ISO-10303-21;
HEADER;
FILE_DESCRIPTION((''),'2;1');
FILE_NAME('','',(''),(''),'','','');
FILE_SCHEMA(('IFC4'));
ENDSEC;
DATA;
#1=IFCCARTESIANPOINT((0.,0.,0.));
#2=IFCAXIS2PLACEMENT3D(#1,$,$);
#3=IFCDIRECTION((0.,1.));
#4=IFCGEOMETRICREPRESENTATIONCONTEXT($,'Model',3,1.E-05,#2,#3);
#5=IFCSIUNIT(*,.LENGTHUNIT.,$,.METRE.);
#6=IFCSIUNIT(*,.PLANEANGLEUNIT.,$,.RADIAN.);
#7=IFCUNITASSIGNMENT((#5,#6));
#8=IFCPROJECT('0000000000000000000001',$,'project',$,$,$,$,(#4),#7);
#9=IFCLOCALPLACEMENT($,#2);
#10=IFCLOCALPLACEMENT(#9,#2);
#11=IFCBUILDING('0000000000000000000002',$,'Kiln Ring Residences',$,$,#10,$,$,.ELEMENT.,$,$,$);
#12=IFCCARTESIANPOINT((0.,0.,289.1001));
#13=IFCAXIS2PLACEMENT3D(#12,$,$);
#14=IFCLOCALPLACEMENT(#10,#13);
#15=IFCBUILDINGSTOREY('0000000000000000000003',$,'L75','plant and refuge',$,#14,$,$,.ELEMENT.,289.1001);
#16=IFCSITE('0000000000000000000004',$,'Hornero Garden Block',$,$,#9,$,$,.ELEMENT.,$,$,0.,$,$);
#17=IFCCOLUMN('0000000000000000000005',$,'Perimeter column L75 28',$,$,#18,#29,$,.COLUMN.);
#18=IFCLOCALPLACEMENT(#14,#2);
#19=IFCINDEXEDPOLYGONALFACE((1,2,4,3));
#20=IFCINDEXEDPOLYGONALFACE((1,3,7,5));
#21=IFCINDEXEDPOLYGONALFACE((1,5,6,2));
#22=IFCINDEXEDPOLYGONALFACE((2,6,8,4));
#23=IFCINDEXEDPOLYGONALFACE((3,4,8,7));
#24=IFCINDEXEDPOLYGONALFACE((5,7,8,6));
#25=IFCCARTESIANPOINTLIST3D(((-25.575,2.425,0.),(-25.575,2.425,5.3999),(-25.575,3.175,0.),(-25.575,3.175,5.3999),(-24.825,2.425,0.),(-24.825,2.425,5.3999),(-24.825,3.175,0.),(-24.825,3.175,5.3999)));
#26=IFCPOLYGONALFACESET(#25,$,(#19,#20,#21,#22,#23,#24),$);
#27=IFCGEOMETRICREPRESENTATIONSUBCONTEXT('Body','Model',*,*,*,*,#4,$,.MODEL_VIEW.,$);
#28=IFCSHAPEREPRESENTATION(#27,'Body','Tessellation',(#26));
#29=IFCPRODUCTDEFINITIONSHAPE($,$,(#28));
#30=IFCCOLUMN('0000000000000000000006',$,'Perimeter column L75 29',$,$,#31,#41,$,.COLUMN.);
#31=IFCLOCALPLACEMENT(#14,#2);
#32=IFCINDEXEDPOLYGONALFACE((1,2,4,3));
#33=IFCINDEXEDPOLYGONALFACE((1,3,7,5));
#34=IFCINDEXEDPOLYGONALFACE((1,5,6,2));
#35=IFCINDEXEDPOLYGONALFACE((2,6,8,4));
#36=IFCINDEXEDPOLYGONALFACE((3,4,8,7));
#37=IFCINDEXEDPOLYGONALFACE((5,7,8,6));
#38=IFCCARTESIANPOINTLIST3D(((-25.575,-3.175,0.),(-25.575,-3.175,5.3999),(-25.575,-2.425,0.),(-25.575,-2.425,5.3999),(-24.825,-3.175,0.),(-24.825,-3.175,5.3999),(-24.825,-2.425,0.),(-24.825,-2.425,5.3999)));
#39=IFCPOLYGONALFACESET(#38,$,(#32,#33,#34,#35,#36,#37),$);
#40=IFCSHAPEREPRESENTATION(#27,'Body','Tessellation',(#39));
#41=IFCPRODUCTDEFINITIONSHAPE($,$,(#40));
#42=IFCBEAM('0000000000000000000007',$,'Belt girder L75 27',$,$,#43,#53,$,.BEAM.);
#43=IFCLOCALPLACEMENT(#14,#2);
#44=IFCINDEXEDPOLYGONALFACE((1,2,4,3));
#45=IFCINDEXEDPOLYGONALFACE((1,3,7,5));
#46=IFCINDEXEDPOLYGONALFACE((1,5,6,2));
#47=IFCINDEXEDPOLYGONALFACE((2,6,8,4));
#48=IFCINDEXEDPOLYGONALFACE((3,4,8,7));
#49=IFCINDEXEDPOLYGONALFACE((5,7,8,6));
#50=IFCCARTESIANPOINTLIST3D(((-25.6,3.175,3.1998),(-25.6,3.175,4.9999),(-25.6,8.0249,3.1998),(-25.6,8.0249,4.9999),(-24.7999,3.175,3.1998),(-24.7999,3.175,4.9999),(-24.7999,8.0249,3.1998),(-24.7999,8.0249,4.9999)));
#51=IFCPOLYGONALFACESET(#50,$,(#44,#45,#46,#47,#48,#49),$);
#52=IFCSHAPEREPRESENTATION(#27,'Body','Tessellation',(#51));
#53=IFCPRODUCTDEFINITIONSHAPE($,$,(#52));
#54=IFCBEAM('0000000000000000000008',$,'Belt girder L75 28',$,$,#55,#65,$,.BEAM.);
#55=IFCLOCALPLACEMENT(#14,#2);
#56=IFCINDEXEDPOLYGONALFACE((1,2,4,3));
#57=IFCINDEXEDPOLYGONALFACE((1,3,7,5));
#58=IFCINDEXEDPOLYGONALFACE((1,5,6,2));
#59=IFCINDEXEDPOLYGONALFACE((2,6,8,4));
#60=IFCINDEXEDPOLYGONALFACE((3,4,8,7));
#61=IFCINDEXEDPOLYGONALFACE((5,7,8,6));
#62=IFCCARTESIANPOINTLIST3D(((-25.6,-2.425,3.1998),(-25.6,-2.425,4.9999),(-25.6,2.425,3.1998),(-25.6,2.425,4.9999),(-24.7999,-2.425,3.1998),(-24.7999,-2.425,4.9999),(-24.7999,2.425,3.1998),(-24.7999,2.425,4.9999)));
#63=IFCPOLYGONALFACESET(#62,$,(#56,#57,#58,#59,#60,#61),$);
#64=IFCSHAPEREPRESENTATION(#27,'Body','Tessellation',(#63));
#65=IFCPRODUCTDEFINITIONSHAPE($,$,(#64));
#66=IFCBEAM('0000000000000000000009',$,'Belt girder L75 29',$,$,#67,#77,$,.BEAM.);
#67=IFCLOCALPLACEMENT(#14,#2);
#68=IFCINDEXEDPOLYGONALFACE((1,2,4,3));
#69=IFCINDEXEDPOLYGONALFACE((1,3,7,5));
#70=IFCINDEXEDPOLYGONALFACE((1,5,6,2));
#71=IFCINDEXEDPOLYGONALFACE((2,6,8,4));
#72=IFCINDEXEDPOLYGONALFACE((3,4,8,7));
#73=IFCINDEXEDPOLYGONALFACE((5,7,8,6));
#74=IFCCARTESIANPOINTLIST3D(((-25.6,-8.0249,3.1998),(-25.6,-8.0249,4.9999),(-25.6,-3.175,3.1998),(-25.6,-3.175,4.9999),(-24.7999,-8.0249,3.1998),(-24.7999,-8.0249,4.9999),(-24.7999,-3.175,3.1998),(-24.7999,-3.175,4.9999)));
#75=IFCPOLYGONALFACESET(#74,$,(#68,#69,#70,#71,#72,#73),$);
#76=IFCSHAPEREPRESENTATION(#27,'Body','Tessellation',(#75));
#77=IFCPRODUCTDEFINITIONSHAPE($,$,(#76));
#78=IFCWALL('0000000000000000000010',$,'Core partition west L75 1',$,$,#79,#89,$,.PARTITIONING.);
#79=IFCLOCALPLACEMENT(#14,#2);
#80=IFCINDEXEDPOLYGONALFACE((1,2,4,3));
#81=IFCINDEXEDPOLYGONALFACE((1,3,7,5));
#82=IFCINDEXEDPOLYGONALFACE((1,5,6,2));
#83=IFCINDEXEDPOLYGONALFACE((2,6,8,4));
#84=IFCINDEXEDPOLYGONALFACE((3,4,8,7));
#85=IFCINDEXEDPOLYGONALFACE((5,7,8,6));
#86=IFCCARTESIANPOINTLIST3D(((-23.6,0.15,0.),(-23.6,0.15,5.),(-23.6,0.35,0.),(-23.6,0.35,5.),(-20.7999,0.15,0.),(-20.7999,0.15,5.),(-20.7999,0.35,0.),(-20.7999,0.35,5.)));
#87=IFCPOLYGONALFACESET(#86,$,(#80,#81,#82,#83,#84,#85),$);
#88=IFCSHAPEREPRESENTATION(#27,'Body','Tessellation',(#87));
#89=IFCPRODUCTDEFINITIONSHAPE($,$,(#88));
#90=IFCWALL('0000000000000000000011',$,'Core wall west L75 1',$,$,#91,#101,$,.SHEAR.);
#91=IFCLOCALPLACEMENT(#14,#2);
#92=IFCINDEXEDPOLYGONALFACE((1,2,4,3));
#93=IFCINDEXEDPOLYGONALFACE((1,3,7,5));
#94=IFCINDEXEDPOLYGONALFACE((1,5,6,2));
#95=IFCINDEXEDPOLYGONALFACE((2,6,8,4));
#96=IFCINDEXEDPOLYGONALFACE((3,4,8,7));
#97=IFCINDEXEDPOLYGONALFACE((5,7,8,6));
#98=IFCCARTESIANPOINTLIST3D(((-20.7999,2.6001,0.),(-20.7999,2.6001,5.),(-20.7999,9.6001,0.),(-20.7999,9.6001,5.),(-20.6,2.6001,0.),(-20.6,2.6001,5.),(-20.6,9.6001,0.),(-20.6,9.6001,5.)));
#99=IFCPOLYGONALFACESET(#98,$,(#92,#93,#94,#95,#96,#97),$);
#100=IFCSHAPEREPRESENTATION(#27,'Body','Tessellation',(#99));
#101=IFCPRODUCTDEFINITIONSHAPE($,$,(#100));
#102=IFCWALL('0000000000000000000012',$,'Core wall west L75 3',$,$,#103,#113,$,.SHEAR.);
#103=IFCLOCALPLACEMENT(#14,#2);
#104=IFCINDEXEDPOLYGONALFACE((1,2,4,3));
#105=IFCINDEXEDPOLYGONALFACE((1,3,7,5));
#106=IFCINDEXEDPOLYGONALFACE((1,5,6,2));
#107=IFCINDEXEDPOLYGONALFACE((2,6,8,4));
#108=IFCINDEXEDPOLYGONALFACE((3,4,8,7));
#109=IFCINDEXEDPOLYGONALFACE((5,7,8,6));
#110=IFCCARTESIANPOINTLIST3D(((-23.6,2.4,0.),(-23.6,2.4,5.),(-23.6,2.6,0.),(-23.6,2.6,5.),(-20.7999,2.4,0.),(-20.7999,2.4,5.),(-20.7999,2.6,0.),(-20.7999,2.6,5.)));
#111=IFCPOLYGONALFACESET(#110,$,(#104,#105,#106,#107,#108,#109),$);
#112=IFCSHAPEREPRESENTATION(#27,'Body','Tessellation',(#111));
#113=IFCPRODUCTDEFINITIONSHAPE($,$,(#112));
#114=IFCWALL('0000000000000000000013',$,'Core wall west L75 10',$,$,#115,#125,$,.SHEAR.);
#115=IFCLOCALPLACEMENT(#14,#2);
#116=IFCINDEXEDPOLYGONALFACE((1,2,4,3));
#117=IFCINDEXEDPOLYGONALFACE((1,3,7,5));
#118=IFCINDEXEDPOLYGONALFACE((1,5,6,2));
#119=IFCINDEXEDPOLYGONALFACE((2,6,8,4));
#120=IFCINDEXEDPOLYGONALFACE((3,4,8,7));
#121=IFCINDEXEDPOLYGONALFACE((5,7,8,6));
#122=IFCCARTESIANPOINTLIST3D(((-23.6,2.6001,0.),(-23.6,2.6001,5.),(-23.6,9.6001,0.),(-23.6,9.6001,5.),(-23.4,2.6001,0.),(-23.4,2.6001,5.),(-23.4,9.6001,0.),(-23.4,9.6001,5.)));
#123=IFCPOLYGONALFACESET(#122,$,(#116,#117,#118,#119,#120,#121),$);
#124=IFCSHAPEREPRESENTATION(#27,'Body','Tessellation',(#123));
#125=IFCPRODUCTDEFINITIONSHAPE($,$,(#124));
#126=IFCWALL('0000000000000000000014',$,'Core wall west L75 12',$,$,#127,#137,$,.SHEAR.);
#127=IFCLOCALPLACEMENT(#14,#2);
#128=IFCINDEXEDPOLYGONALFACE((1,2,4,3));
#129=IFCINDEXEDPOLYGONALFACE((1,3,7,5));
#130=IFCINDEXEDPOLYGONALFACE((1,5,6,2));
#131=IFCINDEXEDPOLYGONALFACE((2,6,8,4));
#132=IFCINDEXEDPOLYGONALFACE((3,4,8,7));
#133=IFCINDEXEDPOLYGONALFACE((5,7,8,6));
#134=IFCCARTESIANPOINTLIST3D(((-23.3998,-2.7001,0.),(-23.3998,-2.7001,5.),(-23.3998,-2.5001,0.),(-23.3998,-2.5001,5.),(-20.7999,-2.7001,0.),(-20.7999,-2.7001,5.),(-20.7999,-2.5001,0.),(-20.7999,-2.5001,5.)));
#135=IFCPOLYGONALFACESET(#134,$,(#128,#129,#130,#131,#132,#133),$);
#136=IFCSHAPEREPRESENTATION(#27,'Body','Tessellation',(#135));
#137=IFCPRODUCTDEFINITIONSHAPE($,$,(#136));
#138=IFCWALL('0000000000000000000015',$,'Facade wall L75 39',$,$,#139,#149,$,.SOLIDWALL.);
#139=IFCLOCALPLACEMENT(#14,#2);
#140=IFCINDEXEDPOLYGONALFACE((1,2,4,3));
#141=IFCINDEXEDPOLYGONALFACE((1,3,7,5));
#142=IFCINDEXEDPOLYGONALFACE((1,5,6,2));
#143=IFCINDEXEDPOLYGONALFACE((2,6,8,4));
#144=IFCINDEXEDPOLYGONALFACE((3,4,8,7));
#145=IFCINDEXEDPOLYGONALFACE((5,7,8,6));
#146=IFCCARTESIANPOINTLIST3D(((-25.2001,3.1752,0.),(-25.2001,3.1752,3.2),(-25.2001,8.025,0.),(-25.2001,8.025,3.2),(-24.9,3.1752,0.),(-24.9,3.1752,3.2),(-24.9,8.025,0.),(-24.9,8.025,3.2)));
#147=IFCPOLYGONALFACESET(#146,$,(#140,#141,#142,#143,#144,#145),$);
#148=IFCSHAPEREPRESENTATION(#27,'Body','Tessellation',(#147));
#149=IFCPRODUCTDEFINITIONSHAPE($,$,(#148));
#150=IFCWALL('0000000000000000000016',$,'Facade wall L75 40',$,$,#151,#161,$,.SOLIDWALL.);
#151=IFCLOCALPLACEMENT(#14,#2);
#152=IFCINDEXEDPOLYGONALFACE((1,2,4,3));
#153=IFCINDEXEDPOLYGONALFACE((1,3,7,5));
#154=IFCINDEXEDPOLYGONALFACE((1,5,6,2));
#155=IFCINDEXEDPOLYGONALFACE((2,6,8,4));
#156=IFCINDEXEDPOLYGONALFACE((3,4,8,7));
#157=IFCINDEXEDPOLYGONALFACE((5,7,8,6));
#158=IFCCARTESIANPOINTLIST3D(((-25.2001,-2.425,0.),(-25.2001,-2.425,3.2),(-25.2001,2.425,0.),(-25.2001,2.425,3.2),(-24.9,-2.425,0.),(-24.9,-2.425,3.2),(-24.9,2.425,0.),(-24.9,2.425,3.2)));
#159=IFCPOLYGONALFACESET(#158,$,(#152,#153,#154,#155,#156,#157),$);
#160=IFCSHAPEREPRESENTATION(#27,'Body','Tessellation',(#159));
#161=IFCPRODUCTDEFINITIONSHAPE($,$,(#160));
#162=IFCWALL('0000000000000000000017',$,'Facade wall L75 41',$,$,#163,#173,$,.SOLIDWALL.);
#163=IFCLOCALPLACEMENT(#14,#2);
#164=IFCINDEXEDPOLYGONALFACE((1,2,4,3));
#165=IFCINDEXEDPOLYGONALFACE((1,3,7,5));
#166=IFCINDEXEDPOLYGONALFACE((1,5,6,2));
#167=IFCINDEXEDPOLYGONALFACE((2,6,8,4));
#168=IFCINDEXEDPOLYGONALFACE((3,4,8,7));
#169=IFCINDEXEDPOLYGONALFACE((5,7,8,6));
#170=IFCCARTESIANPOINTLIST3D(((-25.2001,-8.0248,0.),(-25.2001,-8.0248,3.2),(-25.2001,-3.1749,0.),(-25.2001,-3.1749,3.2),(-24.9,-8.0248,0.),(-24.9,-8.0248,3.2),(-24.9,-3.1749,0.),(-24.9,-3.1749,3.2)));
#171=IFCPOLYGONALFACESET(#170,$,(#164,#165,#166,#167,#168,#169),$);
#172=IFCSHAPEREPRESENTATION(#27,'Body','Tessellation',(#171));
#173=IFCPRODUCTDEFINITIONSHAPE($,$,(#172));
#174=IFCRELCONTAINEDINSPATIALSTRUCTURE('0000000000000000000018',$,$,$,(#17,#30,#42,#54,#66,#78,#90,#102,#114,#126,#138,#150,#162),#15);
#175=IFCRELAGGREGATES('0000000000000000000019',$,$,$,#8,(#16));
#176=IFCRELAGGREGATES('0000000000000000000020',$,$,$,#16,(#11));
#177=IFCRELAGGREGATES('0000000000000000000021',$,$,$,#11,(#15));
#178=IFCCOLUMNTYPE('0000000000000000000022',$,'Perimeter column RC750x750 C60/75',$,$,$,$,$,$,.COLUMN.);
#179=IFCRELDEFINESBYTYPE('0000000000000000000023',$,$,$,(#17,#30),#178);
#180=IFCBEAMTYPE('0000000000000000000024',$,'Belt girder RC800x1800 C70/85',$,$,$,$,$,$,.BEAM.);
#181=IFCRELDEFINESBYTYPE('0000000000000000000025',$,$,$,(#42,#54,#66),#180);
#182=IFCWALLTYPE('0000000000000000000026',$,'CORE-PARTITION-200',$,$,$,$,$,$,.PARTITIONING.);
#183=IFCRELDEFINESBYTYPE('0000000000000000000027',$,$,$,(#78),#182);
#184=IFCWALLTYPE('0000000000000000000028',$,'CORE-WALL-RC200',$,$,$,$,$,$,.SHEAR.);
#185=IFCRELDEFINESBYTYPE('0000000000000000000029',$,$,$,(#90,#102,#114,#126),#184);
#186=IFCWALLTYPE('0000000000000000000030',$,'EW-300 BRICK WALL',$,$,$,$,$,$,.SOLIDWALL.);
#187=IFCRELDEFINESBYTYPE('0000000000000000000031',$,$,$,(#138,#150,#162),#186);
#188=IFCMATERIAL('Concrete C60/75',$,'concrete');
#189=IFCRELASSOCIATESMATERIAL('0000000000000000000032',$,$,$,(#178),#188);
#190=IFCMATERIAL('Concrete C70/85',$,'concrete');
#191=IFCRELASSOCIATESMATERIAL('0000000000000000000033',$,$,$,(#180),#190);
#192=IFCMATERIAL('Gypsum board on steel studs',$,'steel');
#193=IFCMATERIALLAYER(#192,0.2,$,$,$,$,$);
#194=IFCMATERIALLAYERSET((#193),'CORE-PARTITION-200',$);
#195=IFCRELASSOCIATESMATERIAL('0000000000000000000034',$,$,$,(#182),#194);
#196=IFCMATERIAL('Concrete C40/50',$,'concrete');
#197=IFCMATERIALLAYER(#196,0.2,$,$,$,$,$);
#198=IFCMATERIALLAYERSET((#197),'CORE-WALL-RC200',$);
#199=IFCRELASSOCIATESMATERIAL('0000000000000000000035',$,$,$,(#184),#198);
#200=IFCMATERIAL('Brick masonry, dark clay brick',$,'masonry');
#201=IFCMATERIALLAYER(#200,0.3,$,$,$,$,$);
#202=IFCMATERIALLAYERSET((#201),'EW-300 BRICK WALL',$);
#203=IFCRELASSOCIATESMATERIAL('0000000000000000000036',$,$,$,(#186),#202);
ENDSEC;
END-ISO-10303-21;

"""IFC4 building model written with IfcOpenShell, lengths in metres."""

from ifc_helpers import new_model, si_unit, direction, frame, frame_2d, origin, origin_2d, place, context, subcontext, project, spatial, rectangle, extrude, material, layer, layer_set, material_profile, profile_set, type_object, element, save


model = new_model("IFC4")

# Units and contexts
model_context = context("Model", 3, precision=1e-05, world=origin(), true_north=direction((0.0, 1.0)))
body_context = subcontext(model_context, "Body", "Model", "MODEL_VIEW")
ifc_project = project(units=[si_unit("LENGTHUNIT", "METRE"), si_unit("PLANEANGLEUNIT", "RADIAN")], contexts=[model_context])

# Site, building, storey
site_placement = place(None, origin())
site = spatial("IfcSite", under=ifc_project, at=site_placement, Name="Hornero Garden Block", CompositionType="ELEMENT", RefElevation=0.0)
building_placement = place(site_placement, origin())
building = spatial("IfcBuilding", under=site, at=building_placement, Name="Kiln Ring Residences", CompositionType="ELEMENT")
storey_placement = place(building_placement, frame((0.0, 0.0, 289.1001)))
storey = spatial("IfcBuildingStorey", under=building, at=storey_placement, Name="L75", Description="plant and refuge", CompositionType="ELEMENT", Elevation=289.1001)

# Columns
ifc_material_1 = material(Name="Concrete C60/75", Category="concrete")
ifc_material_profile_1 = material_profile(ifc_material_1, rectangle(XDim=0.75, YDim=0.75, at=origin_2d()), Name="RC750x750")
ifc_profile_set_1 = profile_set([ifc_material_profile_1], Name="Concrete C60/75")
column_type = type_object("IfcColumnType", Name="Perimeter column RC750x750 C60/75", PredefinedType="COLUMN", material=ifc_profile_set_1)
for number, where, z_axis, x_axis, name in (
    (1, (-25.2, 2.8, 0.0), (0.0, 0.0, 1.0), (1.0, 0.0, 0.0), "Perimeter column L75 28"),
    (2, (-25.2, -2.8, 0.0), (0.0, 0.0, 1.0), (1.0, 0.0, 0.0), "Perimeter column L75 29"),
):
    element("IfcColumn", number, at=place(storey_placement, frame(where, z_axis=z_axis, x_axis=x_axis)), inside=storey, type_object=column_type, Name=name, PredefinedType="COLUMN", context=body_context, shape_type="SweptSolid", body=[
        extrude(rectangle(XDim=0.75, YDim=0.75, at=origin_2d()), origin(), (0.0, 0.0, 1.0), 5.3999),
    ])

# Beams
ifc_material_2 = material(Name="Concrete C70/85", Category="concrete")
ifc_material_profile_2 = material_profile(ifc_material_2, rectangle(XDim=0.8, YDim=1.8, at=origin_2d()), Name="RC800x1800")
ifc_profile_set_2 = profile_set([ifc_material_profile_2], Name="Concrete C70/85")
beam_type = type_object("IfcBeamType", Name="Belt girder RC800x1800 C70/85", PredefinedType="BEAM", material=ifc_profile_set_2)
beam_1_placement = place(storey_placement, frame((-25.2, 8.0249, 4.0999), z_axis=(0.0, -1.0, 0.0), x_axis=(1.0, 0.0, 0.0)))
element("IfcBeam", 3, at=beam_1_placement, inside=storey, type_object=beam_type, Name="Belt girder L75 27", PredefinedType="BEAM", context=body_context, shape_type="SweptSolid", body=[
    extrude(rectangle(XDim=0.8, YDim=1.8, at=origin_2d()), origin(), (0.0, 0.0, 1.0), 4.8499),
])
beam_2_placement = place(storey_placement, frame((-25.2, 2.425, 4.0999), z_axis=(0.0, -1.0, 0.0), x_axis=(1.0, 0.0, 0.0)))
element("IfcBeam", 4, at=beam_2_placement, inside=storey, type_object=beam_type, Name="Belt girder L75 28", PredefinedType="BEAM", context=body_context, shape_type="SweptSolid", body=[
    extrude(rectangle(XDim=0.8, YDim=1.8, at=origin_2d()), origin(), (0.0, 0.0, 1.0), 4.8501),
])
beam_3_placement = place(storey_placement, frame((-25.2, -3.175, 4.0999), z_axis=(0.0, -1.0, 0.0), x_axis=(1.0, 0.0, 0.0)))
element("IfcBeam", 5, at=beam_3_placement, inside=storey, type_object=beam_type, Name="Belt girder L75 29", PredefinedType="BEAM", context=body_context, shape_type="SweptSolid", body=[
    extrude(rectangle(XDim=0.8, YDim=1.8, at=origin_2d()), origin(), (0.0, 0.0, 1.0), 4.8499),
])

# Walls
ifc_material_3 = material(Name="Gypsum board on steel studs", Category="steel")
ifc_layer_1 = layer(ifc_material_3, 0.2)
ifc_layer_set_1 = layer_set([ifc_layer_1], Name="CORE-PARTITION-200")
wall_type_1 = type_object("IfcWallType", Name="CORE-PARTITION-200", PredefinedType="PARTITIONING", material=ifc_layer_set_1)
wall_1_placement = place(storey_placement, frame((-20.8, 0.25, 0.0), z_axis=(0.0, 0.0, 1.0), x_axis=(-1.0, 0.0, 0.0)))
element("IfcWall", 6, at=wall_1_placement, inside=storey, type_object=wall_type_1, Name="Core partition west L75 1", PredefinedType="PARTITIONING", context=body_context, shape_type="SweptSolid", body=[
    extrude(rectangle(XDim=2.8, YDim=0.2, at=frame_2d((1.3999, 0.0))), origin(), (0.0, 0.0, 1.0), 5.0),
])
ifc_material_4 = material(Name="Concrete C40/50", Category="concrete")
ifc_layer_2 = layer(ifc_material_4, 0.2)
ifc_layer_set_2 = layer_set([ifc_layer_2], Name="CORE-WALL-RC200")
wall_type_2 = type_object("IfcWallType", Name="CORE-WALL-RC200", PredefinedType="SHEAR", material=ifc_layer_set_2)
wall_2_placement = place(storey_placement, frame((-20.7, 2.6001, 0.0), z_axis=(0.0, 0.0, 1.0), x_axis=(0.0, 1.0, 0.0)))
element("IfcWall", 7, at=wall_2_placement, inside=storey, type_object=wall_type_2, Name="Core wall west L75 1", PredefinedType="SHEAR", context=body_context, shape_type="SweptSolid", body=[
    extrude(rectangle(XDim=7.0, YDim=0.2, at=frame_2d((3.5, 0.0))), origin(), (0.0, 0.0, 1.0), 5.0),
])
wall_3_placement = place(storey_placement, frame((-20.8, 2.5, 0.0), z_axis=(0.0, 0.0, 1.0), x_axis=(-1.0, 0.0, 0.0)))
element("IfcWall", 8, at=wall_3_placement, inside=storey, type_object=wall_type_2, Name="Core wall west L75 3", PredefinedType="SHEAR", context=body_context, shape_type="SweptSolid", body=[
    extrude(rectangle(XDim=2.8, YDim=0.2, at=frame_2d((1.3999, 0.0))), origin(), (0.0, 0.0, 1.0), 5.0),
])
wall_4_placement = place(storey_placement, frame((-23.5, 2.6001, 0.0), z_axis=(0.0, 0.0, 1.0), x_axis=(0.0, 1.0, 0.0)))
element("IfcWall", 9, at=wall_4_placement, inside=storey, type_object=wall_type_2, Name="Core wall west L75 10", PredefinedType="SHEAR", context=body_context, shape_type="SweptSolid", body=[
    extrude(rectangle(XDim=7.0, YDim=0.2, at=frame_2d((3.5, 0.0))), origin(), (0.0, 0.0, 1.0), 5.0),
])
wall_5_placement = place(storey_placement, frame((-20.8, -2.6001, 0.0), z_axis=(0.0, 0.0, 1.0), x_axis=(-1.0, 0.0, 0.0)))
element("IfcWall", 10, at=wall_5_placement, inside=storey, type_object=wall_type_2, Name="Core wall west L75 12", PredefinedType="SHEAR", context=body_context, shape_type="SweptSolid", body=[
    extrude(rectangle(XDim=2.5999, YDim=0.2, at=frame_2d((1.2998, 0.0))), origin(), (0.0, 0.0, 1.0), 5.0),
])
ifc_material_5 = material(Name="Brick masonry, dark clay brick", Category="masonry")
ifc_layer_3 = layer(ifc_material_5, 0.3)
ifc_layer_set_3 = layer_set([ifc_layer_3], Name="EW-300 BRICK WALL")
wall_type_3 = type_object("IfcWallType", Name="EW-300 BRICK WALL", PredefinedType="SOLIDWALL", material=ifc_layer_set_3)
wall_6_placement = place(storey_placement, frame((-25.05, 8.0249, 0.0), z_axis=(0.0, 0.0, 1.0), x_axis=(0.0, -1.0, 0.0)))
element("IfcWall", 11, at=wall_6_placement, inside=storey, type_object=wall_type_3, Name="Facade wall L75 39", PredefinedType="SOLIDWALL", context=body_context, shape_type="SweptSolid", body=[
    extrude(rectangle(XDim=4.8499, YDim=0.3, at=frame_2d((2.4248, 0.0))), origin(), (0.0, 0.0, 1.0), 3.2),
])
wall_7_placement = place(storey_placement, frame((-25.05, 2.425, 0.0), z_axis=(0.0, 0.0, 1.0), x_axis=(0.0, -1.0, 0.0)))
element("IfcWall", 12, at=wall_7_placement, inside=storey, type_object=wall_type_3, Name="Facade wall L75 40", PredefinedType="SOLIDWALL", context=body_context, shape_type="SweptSolid", body=[
    extrude(rectangle(XDim=4.8501, YDim=0.3, at=frame_2d((2.425, 0.0))), origin(), (0.0, 0.0, 1.0), 3.2),
])
wall_8_placement = place(storey_placement, frame((-25.05, -3.175, 0.0), z_axis=(0.0, 0.0, 1.0), x_axis=(0.0, -1.0, 0.0)))
element("IfcWall", 13, at=wall_8_placement, inside=storey, type_object=wall_type_3, Name="Facade wall L75 41", PredefinedType="SOLIDWALL", context=body_context, shape_type="SweptSolid", body=[
    extrude(rectangle(XDim=4.8499, YDim=0.3, at=frame_2d((2.4248, 0.0))), origin(), (0.0, 0.0, 1.0), 3.2),
])

save(model, "model.ifc")
